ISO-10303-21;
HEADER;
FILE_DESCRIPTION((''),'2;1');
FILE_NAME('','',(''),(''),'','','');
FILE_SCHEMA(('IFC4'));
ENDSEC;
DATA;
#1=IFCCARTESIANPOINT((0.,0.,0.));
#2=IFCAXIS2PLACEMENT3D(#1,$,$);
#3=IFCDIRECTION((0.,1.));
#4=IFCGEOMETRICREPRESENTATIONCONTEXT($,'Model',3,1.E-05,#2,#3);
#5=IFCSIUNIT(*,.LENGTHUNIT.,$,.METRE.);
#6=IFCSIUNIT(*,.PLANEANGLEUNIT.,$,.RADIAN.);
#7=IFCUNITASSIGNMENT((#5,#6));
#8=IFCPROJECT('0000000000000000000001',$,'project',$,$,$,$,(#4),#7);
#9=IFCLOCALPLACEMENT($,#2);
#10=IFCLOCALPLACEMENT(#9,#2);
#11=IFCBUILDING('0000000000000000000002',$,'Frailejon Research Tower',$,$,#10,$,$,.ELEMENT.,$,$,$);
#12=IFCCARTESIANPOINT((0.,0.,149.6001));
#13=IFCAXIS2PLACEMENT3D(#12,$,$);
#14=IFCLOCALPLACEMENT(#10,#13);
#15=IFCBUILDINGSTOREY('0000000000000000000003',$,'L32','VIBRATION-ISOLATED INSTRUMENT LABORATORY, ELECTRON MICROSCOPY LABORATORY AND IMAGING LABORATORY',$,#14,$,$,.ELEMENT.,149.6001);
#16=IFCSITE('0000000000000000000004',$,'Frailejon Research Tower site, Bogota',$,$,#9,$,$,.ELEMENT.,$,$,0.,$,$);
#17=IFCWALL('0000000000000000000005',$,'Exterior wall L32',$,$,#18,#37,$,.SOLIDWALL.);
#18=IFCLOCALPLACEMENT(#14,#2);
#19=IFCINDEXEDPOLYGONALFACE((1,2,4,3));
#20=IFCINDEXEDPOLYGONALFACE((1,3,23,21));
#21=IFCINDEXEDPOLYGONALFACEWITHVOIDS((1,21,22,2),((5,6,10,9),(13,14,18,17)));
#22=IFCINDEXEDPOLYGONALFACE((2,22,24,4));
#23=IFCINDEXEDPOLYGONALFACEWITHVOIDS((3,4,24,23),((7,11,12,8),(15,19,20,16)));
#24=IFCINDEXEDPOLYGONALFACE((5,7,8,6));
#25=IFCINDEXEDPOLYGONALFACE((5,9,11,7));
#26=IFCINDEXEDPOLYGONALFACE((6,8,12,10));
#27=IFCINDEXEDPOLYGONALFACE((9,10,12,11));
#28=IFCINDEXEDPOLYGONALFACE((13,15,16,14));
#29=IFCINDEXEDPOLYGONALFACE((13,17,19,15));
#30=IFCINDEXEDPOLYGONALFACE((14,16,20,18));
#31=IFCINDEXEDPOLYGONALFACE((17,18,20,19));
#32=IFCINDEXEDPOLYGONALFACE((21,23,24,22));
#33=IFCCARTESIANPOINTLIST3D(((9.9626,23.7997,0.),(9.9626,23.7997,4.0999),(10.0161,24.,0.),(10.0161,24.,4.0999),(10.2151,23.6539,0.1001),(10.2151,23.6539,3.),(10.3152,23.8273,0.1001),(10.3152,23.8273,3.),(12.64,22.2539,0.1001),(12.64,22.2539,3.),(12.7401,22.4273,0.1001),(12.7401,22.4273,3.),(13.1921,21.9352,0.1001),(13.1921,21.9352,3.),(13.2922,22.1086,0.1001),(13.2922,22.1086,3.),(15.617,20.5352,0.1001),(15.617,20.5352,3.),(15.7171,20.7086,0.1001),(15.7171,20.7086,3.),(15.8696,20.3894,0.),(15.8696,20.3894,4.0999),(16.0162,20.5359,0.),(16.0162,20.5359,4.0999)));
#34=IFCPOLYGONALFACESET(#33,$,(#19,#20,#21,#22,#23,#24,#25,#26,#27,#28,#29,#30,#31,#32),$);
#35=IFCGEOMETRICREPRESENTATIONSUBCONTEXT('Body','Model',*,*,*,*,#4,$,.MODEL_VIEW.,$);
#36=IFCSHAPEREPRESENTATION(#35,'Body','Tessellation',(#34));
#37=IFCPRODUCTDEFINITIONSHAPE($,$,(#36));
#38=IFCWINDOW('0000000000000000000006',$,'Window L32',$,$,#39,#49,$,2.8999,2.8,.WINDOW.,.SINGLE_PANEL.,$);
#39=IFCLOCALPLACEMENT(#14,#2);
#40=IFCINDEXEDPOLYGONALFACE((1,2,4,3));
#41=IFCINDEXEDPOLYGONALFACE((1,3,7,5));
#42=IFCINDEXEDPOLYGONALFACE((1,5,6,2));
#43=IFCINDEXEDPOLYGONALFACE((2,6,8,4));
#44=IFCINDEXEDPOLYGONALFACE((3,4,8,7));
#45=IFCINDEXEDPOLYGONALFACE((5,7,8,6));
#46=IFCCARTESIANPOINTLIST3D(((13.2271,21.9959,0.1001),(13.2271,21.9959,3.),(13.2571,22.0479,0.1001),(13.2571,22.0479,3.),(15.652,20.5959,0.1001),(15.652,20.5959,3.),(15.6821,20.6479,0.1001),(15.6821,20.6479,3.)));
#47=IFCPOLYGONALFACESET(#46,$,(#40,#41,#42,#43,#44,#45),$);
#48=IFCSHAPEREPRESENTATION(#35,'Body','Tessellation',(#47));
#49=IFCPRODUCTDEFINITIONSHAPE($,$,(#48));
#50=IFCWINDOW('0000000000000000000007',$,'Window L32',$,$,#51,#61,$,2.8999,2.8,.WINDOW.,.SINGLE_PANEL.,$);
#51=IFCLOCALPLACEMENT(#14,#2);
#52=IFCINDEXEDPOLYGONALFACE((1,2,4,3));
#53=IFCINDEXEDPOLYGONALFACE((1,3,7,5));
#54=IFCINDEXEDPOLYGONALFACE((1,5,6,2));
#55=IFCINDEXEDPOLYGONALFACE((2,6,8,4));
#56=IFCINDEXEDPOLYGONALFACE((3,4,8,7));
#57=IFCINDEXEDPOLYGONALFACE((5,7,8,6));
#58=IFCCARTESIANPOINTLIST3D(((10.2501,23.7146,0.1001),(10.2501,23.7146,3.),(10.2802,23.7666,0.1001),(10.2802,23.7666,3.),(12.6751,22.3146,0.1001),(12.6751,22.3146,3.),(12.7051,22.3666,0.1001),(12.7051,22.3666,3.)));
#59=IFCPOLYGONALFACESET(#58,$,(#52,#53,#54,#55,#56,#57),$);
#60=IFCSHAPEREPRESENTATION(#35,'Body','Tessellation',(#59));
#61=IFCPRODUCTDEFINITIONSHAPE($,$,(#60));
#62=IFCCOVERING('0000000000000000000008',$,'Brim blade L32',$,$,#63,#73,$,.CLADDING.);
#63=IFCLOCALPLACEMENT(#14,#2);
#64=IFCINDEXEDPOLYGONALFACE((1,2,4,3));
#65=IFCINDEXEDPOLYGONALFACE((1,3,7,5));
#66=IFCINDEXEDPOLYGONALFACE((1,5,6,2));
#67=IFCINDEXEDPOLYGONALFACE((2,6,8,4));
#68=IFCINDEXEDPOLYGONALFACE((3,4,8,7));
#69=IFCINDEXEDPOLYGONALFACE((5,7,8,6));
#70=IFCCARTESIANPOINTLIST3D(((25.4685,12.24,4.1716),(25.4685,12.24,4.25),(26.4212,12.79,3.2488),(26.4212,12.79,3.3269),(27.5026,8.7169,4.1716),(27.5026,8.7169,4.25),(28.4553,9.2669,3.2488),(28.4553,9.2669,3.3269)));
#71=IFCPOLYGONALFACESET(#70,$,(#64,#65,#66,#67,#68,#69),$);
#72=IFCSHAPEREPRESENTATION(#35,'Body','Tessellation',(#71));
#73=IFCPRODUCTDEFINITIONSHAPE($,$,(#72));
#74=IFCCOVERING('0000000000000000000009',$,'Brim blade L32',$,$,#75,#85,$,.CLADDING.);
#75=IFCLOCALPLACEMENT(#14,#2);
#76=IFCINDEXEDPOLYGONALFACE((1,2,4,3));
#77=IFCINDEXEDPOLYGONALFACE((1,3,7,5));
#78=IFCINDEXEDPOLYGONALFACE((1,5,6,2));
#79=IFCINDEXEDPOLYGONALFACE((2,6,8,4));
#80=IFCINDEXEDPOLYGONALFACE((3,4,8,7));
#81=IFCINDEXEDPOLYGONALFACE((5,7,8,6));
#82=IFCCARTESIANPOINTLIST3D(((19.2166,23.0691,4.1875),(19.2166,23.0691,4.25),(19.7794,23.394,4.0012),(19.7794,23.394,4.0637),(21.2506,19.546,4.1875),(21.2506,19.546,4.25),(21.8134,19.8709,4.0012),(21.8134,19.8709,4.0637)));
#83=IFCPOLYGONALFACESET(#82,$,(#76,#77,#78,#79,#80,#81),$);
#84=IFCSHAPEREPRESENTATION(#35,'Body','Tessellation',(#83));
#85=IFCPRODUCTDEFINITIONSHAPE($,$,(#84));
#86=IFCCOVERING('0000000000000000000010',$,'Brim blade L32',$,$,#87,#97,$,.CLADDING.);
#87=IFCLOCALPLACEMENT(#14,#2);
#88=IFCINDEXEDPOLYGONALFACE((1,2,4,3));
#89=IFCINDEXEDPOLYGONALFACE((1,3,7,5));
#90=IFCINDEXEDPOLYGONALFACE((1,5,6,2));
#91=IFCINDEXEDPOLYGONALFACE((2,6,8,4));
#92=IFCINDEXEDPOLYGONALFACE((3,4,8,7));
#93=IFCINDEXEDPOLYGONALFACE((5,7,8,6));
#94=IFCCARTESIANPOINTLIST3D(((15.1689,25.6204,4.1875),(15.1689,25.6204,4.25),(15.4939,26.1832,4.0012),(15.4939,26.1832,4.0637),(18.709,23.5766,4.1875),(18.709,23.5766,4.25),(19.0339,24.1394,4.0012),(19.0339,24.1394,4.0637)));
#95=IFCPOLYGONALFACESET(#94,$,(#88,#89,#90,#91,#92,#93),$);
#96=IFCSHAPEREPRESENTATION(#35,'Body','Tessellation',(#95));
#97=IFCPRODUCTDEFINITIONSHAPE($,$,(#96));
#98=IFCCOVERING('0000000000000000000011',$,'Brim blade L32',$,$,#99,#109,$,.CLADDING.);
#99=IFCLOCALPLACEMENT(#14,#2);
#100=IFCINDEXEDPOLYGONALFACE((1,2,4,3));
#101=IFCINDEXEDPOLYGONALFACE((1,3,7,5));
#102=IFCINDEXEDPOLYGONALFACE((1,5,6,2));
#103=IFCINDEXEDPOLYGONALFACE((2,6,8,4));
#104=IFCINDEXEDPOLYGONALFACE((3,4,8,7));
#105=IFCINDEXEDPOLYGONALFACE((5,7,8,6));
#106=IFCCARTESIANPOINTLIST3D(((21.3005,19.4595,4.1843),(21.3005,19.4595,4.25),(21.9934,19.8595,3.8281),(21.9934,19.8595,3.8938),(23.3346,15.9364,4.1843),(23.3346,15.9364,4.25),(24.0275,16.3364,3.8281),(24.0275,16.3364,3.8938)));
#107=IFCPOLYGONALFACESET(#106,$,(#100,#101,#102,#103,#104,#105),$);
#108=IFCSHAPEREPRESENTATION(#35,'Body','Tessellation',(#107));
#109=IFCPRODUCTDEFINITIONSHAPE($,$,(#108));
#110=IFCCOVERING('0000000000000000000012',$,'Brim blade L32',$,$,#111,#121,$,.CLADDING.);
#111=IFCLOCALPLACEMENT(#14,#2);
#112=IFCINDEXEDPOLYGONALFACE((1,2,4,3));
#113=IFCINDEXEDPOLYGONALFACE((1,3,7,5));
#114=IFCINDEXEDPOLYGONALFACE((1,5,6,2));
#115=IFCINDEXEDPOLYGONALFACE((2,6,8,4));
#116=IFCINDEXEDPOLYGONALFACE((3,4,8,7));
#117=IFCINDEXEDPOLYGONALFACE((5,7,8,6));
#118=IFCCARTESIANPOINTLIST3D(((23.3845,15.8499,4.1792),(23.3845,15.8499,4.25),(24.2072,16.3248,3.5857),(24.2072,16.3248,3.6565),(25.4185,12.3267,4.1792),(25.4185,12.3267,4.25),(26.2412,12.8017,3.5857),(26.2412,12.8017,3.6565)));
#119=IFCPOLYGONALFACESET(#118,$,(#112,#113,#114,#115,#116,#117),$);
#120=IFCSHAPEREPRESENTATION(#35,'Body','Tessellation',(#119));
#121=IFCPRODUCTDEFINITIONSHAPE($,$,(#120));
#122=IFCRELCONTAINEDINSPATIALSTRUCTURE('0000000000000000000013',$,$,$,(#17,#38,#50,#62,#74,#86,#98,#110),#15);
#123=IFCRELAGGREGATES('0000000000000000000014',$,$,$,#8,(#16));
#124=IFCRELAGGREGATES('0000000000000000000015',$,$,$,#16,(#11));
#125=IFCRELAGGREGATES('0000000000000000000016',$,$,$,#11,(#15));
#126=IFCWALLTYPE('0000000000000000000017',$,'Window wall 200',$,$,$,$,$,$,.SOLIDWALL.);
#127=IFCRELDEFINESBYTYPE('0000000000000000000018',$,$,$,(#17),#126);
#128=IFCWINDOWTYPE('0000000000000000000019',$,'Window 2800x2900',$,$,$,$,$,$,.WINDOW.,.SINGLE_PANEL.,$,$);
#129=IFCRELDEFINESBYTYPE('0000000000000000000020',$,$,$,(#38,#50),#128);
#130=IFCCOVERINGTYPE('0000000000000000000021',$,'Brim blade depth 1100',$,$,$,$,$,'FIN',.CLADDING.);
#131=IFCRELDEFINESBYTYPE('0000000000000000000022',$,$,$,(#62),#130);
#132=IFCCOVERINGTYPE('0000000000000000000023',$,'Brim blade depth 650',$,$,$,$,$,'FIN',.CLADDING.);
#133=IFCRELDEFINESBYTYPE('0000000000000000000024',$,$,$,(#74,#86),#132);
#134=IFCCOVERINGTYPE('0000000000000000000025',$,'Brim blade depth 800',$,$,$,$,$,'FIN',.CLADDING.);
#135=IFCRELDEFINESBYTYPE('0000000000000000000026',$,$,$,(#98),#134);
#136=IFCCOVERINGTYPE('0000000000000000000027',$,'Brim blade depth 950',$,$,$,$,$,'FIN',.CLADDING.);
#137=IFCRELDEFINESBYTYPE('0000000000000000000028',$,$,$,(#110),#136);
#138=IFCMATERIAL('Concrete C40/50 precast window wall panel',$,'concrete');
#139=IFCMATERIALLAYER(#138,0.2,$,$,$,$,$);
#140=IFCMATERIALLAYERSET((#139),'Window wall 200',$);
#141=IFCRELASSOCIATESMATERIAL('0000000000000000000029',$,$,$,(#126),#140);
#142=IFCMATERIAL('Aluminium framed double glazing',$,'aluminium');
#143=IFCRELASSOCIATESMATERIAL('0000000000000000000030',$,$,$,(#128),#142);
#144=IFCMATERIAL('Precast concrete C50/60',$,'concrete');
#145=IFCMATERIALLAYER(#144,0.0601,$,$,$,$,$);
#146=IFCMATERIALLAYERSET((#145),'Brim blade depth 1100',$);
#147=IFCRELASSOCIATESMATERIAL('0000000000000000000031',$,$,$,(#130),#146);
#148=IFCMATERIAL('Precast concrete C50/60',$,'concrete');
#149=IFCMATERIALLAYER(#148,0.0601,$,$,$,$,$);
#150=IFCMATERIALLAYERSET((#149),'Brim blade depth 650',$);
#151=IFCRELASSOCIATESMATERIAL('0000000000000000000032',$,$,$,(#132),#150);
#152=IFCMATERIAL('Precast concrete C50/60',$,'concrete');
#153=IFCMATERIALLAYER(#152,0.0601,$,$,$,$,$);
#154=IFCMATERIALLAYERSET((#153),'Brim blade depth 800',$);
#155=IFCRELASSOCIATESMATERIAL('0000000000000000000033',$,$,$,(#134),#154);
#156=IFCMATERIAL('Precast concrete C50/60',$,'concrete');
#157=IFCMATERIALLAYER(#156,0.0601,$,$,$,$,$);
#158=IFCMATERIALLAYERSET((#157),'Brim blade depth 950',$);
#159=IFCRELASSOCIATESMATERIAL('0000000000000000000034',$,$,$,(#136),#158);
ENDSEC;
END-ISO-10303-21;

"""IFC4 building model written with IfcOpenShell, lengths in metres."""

from ifc_helpers import new_model, si_unit, direction, frame, frame_2d, origin, place, context, subcontext, project, spatial, polyline, rectangle, outline, extrude, material, layer, layer_set, type_object, element, fill, save


model = new_model("IFC4")

# Units and contexts
model_context = context("Model", 3, precision=1e-05, world=origin(), true_north=direction((0.0, 1.0)))
body_context = subcontext(model_context, "Body", "Model", "MODEL_VIEW")
ifc_project = project(units=[si_unit("LENGTHUNIT", "METRE"), si_unit("PLANEANGLEUNIT", "RADIAN")], contexts=[model_context])

# Site, building, storey
site_placement = place(None, origin())
site = spatial("IfcSite", under=ifc_project, at=site_placement, Name="Frailejon Research Tower site, Bogota", CompositionType="ELEMENT", RefElevation=0.0)
building_placement = place(site_placement, origin())
building = spatial("IfcBuilding", under=site, at=building_placement, Name="Frailejon Research Tower", CompositionType="ELEMENT")
storey_placement = place(building_placement, frame((0.0, 0.0, 149.6001)))
storey = spatial("IfcBuildingStorey", under=building, at=storey_placement, Name="L32", Description="VIBRATION-ISOLATED INSTRUMENT LABORATORY, ELECTRON MICROSCOPY LABORATORY AND IMAGING LABORATORY", CompositionType="ELEMENT", Elevation=149.6001)

# Wall, openings, windows
ifc_material_1 = material(Name="Concrete C40/50 precast window wall panel", Category="concrete")
ifc_layer_1 = layer(ifc_material_1, 0.2)
ifc_layer_set_1 = layer_set([ifc_layer_1], Name="Window wall 200")
wall_type = type_object("IfcWallType", Name="Window wall 200", PredefinedType="SOLIDWALL", material=ifc_layer_set_1)
wall_placement = place(storey_placement, frame((15.9429, 20.4626, 0.0), z_axis=(0.0, 0.0, 1.0), x_axis=(-0.866029, 0.499993, 0.0)))
wall = element("IfcWall", 1, at=wall_placement, inside=storey, type_object=wall_type, Name="Exterior wall L32", PredefinedType="SOLIDWALL", context=body_context, shape_type="SweptSolid", body=[
    extrude(outline(polyline([(-0.0269, -0.1001), (1.1279, -0.1001), (2.2825, -0.1001), (3.4373, -0.1001), (4.592, -0.1001), (5.7466, -0.1001), (6.9014, -0.1001), (6.8477, 0.1001), (5.7109, 0.1001), (4.574, 0.1001), (3.4373, 0.1001), (2.3005, 0.1001), (1.1636, 0.1001), (0.0269, 0.1001), (-0.0269, -0.1001)])), origin(), (0.0, 0.0, 1.0), 4.0999),
])
opening_1_placement = place(wall_placement, frame((0.3186, 0.0, 0.1001)))
opening_1 = element("IfcOpeningElement", 2, at=opening_1_placement, cuts=wall, PredefinedType="OPENING", context=body_context, shape_type="SweptSolid", body=[
    extrude(rectangle(XDim=2.8, YDim=2.8999, at=frame_2d((1.3999, 1.45))), frame((0.0, 0.1099, 0.0), z_axis=(0.0, -1.0, 0.0), x_axis=(1.0, 0.0, 0.0)), (0.0, 0.0, 1.0), 0.22),
])
opening_2_placement = place(wall_placement, frame((3.7561, 0.0, 0.1001)))
opening_2 = element("IfcOpeningElement", 3, at=opening_2_placement, cuts=wall, PredefinedType="OPENING", context=body_context, shape_type="SweptSolid", body=[
    extrude(rectangle(XDim=2.8, YDim=2.8999, at=frame_2d((1.3999, 1.45))), frame((0.0, 0.1099, 0.0), z_axis=(0.0, -1.0, 0.0), x_axis=(1.0, 0.0, 0.0)), (0.0, 0.0, 1.0), 0.22),
])
ifc_material_2 = material(Name="Aluminium framed double glazing", Category="aluminium")
window_type = type_object("IfcWindowType", Name="Window 2800x2900", PartitioningType="SINGLE_PANEL", PredefinedType="WINDOW", material=ifc_material_2)
window_1_placement = place(opening_1_placement, origin())
window_1 = element("IfcWindow", 4, at=window_1_placement, inside=storey, type_object=window_type, Name="Window L32", OverallHeight=2.8999, OverallWidth=2.8, PartitioningType="SINGLE_PANEL", PredefinedType="WINDOW", context=body_context, shape_type="SweptSolid", body=[
    extrude(rectangle(XDim=2.8, YDim=2.8999, at=frame_2d((1.3999, 1.45))), frame((0.0, 0.03, 0.0), z_axis=(0.0, -1.0, 0.0), x_axis=(1.0, 0.0, 0.0)), (0.0, 0.0, 1.0), 0.0601),
])
fill(opening_1, window_1)
window_2_placement = place(opening_2_placement, origin())
window_2 = element("IfcWindow", 5, at=window_2_placement, inside=storey, type_object=window_type, Name="Window L32", OverallHeight=2.8999, OverallWidth=2.8, PartitioningType="SINGLE_PANEL", PredefinedType="WINDOW", context=body_context, shape_type="SweptSolid", body=[
    extrude(rectangle(XDim=2.8, YDim=2.8999, at=frame_2d((1.3999, 1.45))), frame((0.0, 0.03, 0.0), z_axis=(0.0, -1.0, 0.0), x_axis=(1.0, 0.0, 0.0)), (0.0, 0.0, 1.0), 0.0601),
])
fill(opening_2, window_2)

# Coverings
ifc_material_3 = material(Name="Precast concrete C50/60", Category="concrete")
ifc_layer_2 = layer(ifc_material_3, 0.0601)
ifc_layer_set_2 = layer_set([ifc_layer_2], Name="Brim blade depth 1100")
covering_type_1 = type_object("IfcCoveringType", Name="Brim blade depth 1100", ElementType="FIN", PredefinedType="CLADDING", material=ifc_layer_set_2)
covering_1_placement = place(storey_placement, frame((25.4685, 12.24, 4.25), z_axis=(0.499999, -0.866026, 0.0), x_axis=(0.866026, 0.499999, 0.0)))
element("IfcCovering", 6, at=covering_1_placement, inside=storey, type_object=covering_type_1, Name="Brim blade L32", PredefinedType="CLADDING", context=body_context, shape_type="SweptSolid", body=[
    extrude(outline(polyline([(0.0, -0.0784), (1.1001, -1.0012), (1.1001, -0.9231), (0.0, 0.0), (0.0, -0.0784)])), origin(), (0.0, 0.0, 1.0), 4.0681),
])
ifc_material_4 = material(Name="Precast concrete C50/60", Category="concrete")
ifc_layer_3 = layer(ifc_material_4, 0.0601)
ifc_layer_set_3 = layer_set([ifc_layer_3], Name="Brim blade depth 650")
covering_type_2 = type_object("IfcCoveringType", Name="Brim blade depth 650", ElementType="FIN", PredefinedType="CLADDING", material=ifc_layer_set_3)
covering_2_placement = place(storey_placement, frame((19.2166, 23.0691, 4.25), z_axis=(0.499999, -0.866026, 0.0), x_axis=(0.866026, 0.499999, 0.0)))
element("IfcCovering", 7, at=covering_2_placement, inside=storey, type_object=covering_type_2, Name="Brim blade L32", PredefinedType="CLADDING", context=body_context, shape_type="SweptSolid", body=[
    extrude(outline(polyline([(0.0, -0.0625), (0.6499, -0.2488), (0.6499, -0.1863), (0.0, 0.0), (0.0, -0.0625)])), origin(), (0.0, 0.0, 1.0), 4.0681),
])
covering_3_placement = place(storey_placement, frame((15.1689, 25.6204, 4.25), z_axis=(0.866027, -0.499997, 0.0), x_axis=(0.499997, 0.866027, 0.0)))
element("IfcCovering", 8, at=covering_3_placement, inside=storey, type_object=covering_type_2, Name="Brim blade L32", PredefinedType="CLADDING", context=body_context, shape_type="SweptSolid", body=[
    extrude(outline(polyline([(0.0, -0.0625), (0.6499, -0.2488), (0.6499, -0.1863), (0.0, 0.0), (0.0, -0.0625)])), origin(), (0.0, 0.0, 1.0), 4.0876),
])
ifc_material_5 = material(Name="Precast concrete C50/60", Category="concrete")
ifc_layer_4 = layer(ifc_material_5, 0.0601)
ifc_layer_set_4 = layer_set([ifc_layer_4], Name="Brim blade depth 800")
covering_type_3 = type_object("IfcCoveringType", Name="Brim blade depth 800", ElementType="FIN", PredefinedType="CLADDING", material=ifc_layer_set_4)
covering_4_placement = place(storey_placement, frame((21.3005, 19.4595, 4.25), z_axis=(0.500007, -0.866021, 0.0), x_axis=(0.866021, 0.500007, 0.0)))
element("IfcCovering", 9, at=covering_4_placement, inside=storey, type_object=covering_type_3, Name="Brim blade L32", PredefinedType="CLADDING", context=body_context, shape_type="SweptSolid", body=[
    extrude(outline(polyline([(0.0, -0.0657), (0.8, -0.4219), (0.8, -0.3562), (0.0, 0.0), (0.0, -0.0657)])), origin(), (0.0, 0.0, 1.0), 4.0681),
])
ifc_material_6 = material(Name="Precast concrete C50/60", Category="concrete")
ifc_layer_5 = layer(ifc_material_6, 0.0601)
ifc_layer_set_5 = layer_set([ifc_layer_5], Name="Brim blade depth 950")
covering_type_4 = type_object("IfcCoveringType", Name="Brim blade depth 950", ElementType="FIN", PredefinedType="CLADDING", material=ifc_layer_set_5)
covering_5_placement = place(storey_placement, frame((23.3845, 15.8499, 4.25), z_axis=(0.499989, -0.866032, 0.0), x_axis=(0.866032, 0.499989, 0.0)))
element("IfcCovering", 10, at=covering_5_placement, inside=storey, type_object=covering_type_4, Name="Brim blade L32", PredefinedType="CLADDING", context=body_context, shape_type="SweptSolid", body=[
    extrude(outline(polyline([(0.0, -0.0708), (0.95, -0.6643), (0.95, -0.5935), (0.0, 0.0), (0.0, -0.0708)])), origin(), (0.0, 0.0, 1.0), 4.0681),
])

save(model, "model.ifc")
